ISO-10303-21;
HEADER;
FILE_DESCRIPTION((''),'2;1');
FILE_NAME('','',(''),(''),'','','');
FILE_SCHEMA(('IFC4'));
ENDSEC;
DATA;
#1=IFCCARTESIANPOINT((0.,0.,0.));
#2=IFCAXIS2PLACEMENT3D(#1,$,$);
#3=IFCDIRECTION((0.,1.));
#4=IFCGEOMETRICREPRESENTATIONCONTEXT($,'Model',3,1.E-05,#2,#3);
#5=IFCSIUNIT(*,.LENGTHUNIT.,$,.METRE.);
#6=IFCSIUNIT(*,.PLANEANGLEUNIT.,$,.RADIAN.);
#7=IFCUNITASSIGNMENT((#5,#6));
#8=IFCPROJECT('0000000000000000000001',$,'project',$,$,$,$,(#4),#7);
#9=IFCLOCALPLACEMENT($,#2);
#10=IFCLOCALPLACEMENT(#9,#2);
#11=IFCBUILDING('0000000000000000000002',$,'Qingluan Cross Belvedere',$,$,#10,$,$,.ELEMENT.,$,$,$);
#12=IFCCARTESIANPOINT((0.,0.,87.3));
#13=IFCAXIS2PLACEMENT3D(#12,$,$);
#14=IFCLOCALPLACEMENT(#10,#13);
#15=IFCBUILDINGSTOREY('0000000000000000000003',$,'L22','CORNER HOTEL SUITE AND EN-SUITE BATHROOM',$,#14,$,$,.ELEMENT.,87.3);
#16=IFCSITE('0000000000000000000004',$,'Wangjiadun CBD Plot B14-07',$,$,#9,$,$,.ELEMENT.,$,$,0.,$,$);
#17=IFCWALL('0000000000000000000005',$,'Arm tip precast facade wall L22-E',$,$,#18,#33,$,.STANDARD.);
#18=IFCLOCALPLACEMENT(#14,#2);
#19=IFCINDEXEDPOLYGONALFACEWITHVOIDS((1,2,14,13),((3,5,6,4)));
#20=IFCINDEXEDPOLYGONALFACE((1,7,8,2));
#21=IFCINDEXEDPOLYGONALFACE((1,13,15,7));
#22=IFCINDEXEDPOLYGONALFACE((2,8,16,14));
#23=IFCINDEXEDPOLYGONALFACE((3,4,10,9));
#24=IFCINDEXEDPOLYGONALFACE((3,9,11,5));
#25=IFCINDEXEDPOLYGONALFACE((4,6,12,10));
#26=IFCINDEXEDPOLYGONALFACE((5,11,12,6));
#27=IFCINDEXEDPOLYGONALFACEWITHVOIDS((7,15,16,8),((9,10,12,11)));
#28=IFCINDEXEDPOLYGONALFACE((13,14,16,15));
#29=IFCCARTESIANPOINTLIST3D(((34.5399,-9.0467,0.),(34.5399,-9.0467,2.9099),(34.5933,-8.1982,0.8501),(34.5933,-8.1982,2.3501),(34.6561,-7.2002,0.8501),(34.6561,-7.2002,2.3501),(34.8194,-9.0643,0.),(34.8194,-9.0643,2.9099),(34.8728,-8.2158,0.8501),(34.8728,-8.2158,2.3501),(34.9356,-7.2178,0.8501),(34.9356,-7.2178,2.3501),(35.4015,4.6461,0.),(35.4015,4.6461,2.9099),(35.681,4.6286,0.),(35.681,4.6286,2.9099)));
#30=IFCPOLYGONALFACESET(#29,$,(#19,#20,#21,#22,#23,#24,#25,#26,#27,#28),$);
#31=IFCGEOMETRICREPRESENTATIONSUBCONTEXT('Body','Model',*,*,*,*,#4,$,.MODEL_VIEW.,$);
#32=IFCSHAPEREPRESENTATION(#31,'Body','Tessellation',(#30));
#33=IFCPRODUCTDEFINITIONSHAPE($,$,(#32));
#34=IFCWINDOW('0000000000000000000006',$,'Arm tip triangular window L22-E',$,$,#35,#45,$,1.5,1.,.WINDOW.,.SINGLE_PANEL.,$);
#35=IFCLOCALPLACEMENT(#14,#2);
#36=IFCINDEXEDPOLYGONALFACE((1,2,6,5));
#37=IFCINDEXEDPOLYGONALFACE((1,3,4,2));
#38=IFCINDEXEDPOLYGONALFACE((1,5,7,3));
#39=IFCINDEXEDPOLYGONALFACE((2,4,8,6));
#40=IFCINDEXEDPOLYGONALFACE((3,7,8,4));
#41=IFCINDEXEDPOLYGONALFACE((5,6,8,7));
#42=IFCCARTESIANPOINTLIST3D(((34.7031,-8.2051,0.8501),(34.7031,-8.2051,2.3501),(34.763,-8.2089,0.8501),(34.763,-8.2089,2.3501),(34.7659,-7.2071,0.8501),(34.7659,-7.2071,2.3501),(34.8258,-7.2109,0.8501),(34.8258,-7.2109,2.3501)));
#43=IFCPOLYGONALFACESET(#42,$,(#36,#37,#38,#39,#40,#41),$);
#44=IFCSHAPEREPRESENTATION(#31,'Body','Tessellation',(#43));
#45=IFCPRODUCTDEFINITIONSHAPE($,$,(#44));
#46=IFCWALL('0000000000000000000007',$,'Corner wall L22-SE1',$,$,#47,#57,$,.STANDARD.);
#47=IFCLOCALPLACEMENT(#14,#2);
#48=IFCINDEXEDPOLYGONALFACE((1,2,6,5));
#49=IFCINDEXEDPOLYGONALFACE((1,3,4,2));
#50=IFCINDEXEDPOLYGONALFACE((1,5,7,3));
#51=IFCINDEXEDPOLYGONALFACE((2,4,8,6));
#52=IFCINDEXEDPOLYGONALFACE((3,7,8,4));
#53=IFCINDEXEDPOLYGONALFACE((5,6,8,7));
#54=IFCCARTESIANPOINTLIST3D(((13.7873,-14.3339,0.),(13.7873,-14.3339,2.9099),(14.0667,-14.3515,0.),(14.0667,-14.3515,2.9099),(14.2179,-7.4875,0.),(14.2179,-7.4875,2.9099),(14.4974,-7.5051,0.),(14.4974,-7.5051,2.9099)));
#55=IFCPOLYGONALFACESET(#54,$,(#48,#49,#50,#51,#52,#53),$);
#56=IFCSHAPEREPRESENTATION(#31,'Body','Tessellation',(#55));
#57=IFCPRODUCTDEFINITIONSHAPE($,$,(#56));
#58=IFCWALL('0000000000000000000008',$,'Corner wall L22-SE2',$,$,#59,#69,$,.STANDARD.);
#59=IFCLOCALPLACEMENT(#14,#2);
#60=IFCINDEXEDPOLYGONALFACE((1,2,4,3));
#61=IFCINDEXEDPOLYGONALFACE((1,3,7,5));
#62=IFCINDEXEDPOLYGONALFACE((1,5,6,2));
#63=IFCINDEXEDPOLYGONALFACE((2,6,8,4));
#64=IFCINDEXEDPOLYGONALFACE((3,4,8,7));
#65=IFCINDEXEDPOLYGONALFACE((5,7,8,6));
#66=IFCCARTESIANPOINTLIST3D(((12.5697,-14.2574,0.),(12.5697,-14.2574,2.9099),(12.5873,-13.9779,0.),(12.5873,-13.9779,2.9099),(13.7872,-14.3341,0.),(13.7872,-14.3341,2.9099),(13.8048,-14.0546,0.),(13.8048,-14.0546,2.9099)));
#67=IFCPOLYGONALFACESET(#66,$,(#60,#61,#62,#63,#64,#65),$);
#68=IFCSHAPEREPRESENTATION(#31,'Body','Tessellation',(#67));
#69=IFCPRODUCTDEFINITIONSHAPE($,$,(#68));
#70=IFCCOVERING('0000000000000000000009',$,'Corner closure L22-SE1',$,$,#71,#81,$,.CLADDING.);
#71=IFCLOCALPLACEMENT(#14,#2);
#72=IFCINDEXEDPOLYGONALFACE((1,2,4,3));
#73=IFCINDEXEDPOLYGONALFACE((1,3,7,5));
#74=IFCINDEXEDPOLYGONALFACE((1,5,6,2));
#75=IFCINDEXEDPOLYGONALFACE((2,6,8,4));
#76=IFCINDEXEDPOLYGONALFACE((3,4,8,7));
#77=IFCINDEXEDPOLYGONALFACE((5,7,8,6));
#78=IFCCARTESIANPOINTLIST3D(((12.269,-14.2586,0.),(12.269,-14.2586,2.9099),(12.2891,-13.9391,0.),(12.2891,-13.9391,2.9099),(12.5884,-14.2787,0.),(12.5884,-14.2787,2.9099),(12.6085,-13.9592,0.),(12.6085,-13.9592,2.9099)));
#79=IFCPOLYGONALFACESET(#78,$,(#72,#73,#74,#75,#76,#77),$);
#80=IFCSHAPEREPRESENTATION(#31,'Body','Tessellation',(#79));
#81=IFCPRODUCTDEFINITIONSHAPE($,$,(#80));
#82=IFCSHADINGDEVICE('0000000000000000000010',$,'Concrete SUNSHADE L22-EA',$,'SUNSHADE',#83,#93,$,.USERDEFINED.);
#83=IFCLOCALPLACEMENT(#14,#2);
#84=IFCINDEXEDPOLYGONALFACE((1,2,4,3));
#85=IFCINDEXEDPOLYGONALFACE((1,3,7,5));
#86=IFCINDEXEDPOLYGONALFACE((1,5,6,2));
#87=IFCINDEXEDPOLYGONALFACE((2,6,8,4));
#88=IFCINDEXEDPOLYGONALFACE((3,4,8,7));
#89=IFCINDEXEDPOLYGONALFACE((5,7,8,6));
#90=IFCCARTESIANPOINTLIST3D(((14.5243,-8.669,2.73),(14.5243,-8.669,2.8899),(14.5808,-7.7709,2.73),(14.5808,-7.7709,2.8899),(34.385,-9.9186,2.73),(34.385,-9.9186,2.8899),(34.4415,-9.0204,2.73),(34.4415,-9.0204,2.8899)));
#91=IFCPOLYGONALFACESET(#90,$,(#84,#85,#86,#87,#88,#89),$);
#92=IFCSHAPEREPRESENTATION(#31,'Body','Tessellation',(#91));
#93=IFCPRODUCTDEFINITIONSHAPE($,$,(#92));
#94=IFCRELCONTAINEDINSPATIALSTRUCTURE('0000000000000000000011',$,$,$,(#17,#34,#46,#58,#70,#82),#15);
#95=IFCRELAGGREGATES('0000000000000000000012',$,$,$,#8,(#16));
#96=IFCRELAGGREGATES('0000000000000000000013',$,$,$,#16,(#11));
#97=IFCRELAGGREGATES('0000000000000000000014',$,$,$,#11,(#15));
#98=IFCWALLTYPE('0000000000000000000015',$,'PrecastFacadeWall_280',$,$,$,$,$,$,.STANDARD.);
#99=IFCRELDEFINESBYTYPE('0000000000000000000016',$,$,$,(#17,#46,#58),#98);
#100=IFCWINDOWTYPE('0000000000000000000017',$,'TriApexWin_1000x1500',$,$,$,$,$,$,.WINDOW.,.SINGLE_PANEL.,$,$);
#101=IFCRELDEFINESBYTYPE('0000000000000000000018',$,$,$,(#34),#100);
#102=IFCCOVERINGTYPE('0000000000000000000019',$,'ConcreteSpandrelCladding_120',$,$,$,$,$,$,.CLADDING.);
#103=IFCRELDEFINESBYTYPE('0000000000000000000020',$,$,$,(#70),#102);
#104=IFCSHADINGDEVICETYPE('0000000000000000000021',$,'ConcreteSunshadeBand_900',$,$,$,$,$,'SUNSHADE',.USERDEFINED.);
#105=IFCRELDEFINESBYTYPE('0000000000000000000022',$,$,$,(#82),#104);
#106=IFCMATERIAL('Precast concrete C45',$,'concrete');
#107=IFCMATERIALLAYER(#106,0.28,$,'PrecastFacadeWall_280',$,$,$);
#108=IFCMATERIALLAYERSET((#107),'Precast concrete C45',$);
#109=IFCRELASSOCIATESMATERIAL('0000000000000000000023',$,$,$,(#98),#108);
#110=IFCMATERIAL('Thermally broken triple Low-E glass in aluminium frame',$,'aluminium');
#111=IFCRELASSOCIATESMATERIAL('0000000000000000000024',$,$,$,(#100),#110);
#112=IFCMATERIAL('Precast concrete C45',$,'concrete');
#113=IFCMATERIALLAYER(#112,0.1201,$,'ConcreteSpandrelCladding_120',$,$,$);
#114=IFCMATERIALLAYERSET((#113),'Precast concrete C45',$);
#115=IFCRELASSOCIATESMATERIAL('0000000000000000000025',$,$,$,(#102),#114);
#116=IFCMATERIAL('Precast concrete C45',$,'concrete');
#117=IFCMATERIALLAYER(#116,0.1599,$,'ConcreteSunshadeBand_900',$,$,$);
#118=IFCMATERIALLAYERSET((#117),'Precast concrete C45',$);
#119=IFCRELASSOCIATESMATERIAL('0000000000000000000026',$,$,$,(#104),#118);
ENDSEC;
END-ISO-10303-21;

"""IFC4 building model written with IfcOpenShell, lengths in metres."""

from ifc_helpers import new_model, si_unit, direction, frame, frame_2d, origin, origin_2d, place, context, subcontext, project, spatial, rectangle, extrude, material, layer, layer_set, type_object, element, fill, save


model = new_model("IFC4")

# Units and contexts
model_context = context("Model", 3, precision=1e-05, world=origin(), true_north=direction((0.0, 1.0)))
body_context = subcontext(model_context, "Body", "Model", "MODEL_VIEW")
ifc_project = project(units=[si_unit("LENGTHUNIT", "METRE"), si_unit("PLANEANGLEUNIT", "RADIAN")], contexts=[model_context])

# Site, building, storey
site_placement = place(None, origin())
site = spatial("IfcSite", under=ifc_project, at=site_placement, Name="Wangjiadun CBD Plot B14-07", CompositionType="ELEMENT", RefElevation=0.0)
building_placement = place(site_placement, origin())
building = spatial("IfcBuilding", under=site, at=building_placement, Name="Qingluan Cross Belvedere", CompositionType="ELEMENT")
storey_placement = place(building_placement, frame((0.0, 0.0, 87.3)))
storey = spatial("IfcBuildingStorey", under=building, at=storey_placement, Name="L22", Description="CORNER HOTEL SUITE AND EN-SUITE BATHROOM", CompositionType="ELEMENT", Elevation=87.3)

# Shared definitions
ifc_material_1 = material(Name="Precast concrete C45", Category="concrete")
ifc_layer_1 = layer(ifc_material_1, 0.28, Name="PrecastFacadeWall_280")
ifc_layer_set_1 = layer_set([ifc_layer_1], Name="Precast concrete C45")
wall_type_1 = type_object("IfcWallType", Name="PrecastFacadeWall_280", PredefinedType="STANDARD", material=ifc_layer_set_1)

# Wall, opening, window
wall_1_placement = place(storey_placement, frame((34.6797, -9.0554, 0.0), z_axis=(0.0, 0.0, 1.0), x_axis=(0.062797, 0.998026, 0.0)))
wall_1 = element("IfcWall", 1, at=wall_1_placement, inside=storey, type_object=wall_type_1, Name="Arm tip precast facade wall L22-E", PredefinedType="STANDARD", context=body_context, shape_type="SweptSolid", body=[
    extrude(rectangle(XDim=13.72, YDim=0.28, at=frame_2d((6.8599, 0.0))), origin(), (0.0, 0.0, 1.0), 2.9099),
])
opening_1_placement = place(wall_1_placement, frame((0.8501, 0.0, 0.8501)))
opening_1 = element("IfcOpeningElement", 2, at=opening_1_placement, cuts=wall_1, PredefinedType="OPENING", context=body_context, shape_type="SweptSolid", body=[
    extrude(rectangle(XDim=1.0, YDim=1.5, at=frame_2d((0.5, 0.75))), frame((0.0, 0.1499, 0.0), z_axis=(0.0, -1.0, 0.0), x_axis=(1.0, 0.0, 0.0)), (0.0, 0.0, 1.0), 0.3),
])
ifc_material_2 = material(Name="Thermally broken triple Low-E glass in aluminium frame", Category="aluminium")
window_type_1 = type_object("IfcWindowType", Name="TriApexWin_1000x1500", PartitioningType="SINGLE_PANEL", PredefinedType="WINDOW", material=ifc_material_2)
window_1_placement = place(opening_1_placement, origin())
window_1 = element("IfcWindow", 3, at=window_1_placement, inside=storey, type_object=window_type_1, Name="Arm tip triangular window L22-E", OverallHeight=1.5, OverallWidth=1.0, PartitioningType="SINGLE_PANEL", PredefinedType="WINDOW", context=body_context, shape_type="SweptSolid", body=[
    extrude(rectangle(XDim=1.0, YDim=1.5, at=frame_2d((0.5, 0.75))), frame((0.0, 0.03, 0.0), z_axis=(0.0, -1.0, 0.0), x_axis=(1.0, 0.0, 0.0)), (0.0, 0.0, 1.0), 0.0601),
])
fill(opening_1, window_1)

# Walls
wall_2_placement = place(storey_placement, frame((14.3577, -7.4963, 0.0), z_axis=(0.0, 0.0, 1.0), x_axis=(-0.062779, -0.998027, 0.0)))
element("IfcWall", 4, at=wall_2_placement, inside=storey, type_object=wall_type_1, Name="Corner wall L22-SE1", PredefinedType="STANDARD", context=body_context, shape_type="SweptSolid", body=[
    extrude(rectangle(XDim=6.8599, YDim=0.28, at=frame_2d((3.4299, 0.0))), origin(), (0.0, 0.0, 1.0), 2.9099),
])
wall_3_placement = place(storey_placement, frame((13.7959, -14.1943, 0.0), z_axis=(0.0, 0.0, 1.0), x_axis=(-0.998024, 0.062839, 0.0)))
element("IfcWall", 5, at=wall_3_placement, inside=storey, type_object=wall_type_1, Name="Corner wall L22-SE2", PredefinedType="STANDARD", context=body_context, shape_type="SweptSolid", body=[
    extrude(rectangle(XDim=1.22, YDim=0.28, at=frame_2d((0.6099, 0.0))), origin(), (0.0, 0.0, 1.0), 2.9099),
])

# Covering
ifc_material_3 = material(Name="Precast concrete C45", Category="concrete")
ifc_layer_2 = layer(ifc_material_3, 0.1201, Name="ConcreteSpandrelCladding_120")
ifc_layer_set_2 = layer_set([ifc_layer_2], Name="Precast concrete C45")
covering_type = type_object("IfcCoveringType", Name="ConcreteSpandrelCladding_120", PredefinedType="CLADDING", material=ifc_layer_set_2)
covering_placement = place(storey_placement, frame((12.4387, -14.1089, 0.0), z_axis=(0.0, 0.0, 1.0), x_axis=(0.998027, -0.062791, 0.0)))
element("IfcCovering", 6, at=covering_placement, inside=storey, type_object=covering_type, Name="Corner closure L22-SE1", PredefinedType="CLADDING", context=body_context, shape_type="SweptSolid", body=[
    extrude(rectangle(XDim=0.3201, YDim=0.3201, at=origin_2d()), origin(), (0.0, 0.0, 1.0), 2.9099),
])

# Shading device
ifc_material_4 = material(Name="Precast concrete C45", Category="concrete")
ifc_layer_3 = layer(ifc_material_4, 0.1599, Name="ConcreteSunshadeBand_900")
ifc_layer_set_3 = layer_set([ifc_layer_3], Name="Precast concrete C45")
shading_device_type = type_object("IfcShadingDeviceType", Name="ConcreteSunshadeBand_900", ElementType="SUNSHADE", PredefinedType="USERDEFINED", material=ifc_layer_set_3)
shading_device_placement = place(storey_placement, frame((24.4829, -8.8447, 2.73), z_axis=(0.0, 0.0, 1.0), x_axis=(0.998027, -0.062791, 0.0)))
element("IfcShadingDevice", 7, at=shading_device_placement, inside=storey, type_object=shading_device_type, Name="Concrete SUNSHADE L22-EA", ObjectType="SUNSHADE", PredefinedType="USERDEFINED", context=body_context, shape_type="SweptSolid", body=[
    extrude(rectangle(XDim=19.8999, YDim=0.8999, at=origin_2d()), origin(), (0.0, 0.0, 1.0), 0.1599),
])

save(model, "model.ifc")
